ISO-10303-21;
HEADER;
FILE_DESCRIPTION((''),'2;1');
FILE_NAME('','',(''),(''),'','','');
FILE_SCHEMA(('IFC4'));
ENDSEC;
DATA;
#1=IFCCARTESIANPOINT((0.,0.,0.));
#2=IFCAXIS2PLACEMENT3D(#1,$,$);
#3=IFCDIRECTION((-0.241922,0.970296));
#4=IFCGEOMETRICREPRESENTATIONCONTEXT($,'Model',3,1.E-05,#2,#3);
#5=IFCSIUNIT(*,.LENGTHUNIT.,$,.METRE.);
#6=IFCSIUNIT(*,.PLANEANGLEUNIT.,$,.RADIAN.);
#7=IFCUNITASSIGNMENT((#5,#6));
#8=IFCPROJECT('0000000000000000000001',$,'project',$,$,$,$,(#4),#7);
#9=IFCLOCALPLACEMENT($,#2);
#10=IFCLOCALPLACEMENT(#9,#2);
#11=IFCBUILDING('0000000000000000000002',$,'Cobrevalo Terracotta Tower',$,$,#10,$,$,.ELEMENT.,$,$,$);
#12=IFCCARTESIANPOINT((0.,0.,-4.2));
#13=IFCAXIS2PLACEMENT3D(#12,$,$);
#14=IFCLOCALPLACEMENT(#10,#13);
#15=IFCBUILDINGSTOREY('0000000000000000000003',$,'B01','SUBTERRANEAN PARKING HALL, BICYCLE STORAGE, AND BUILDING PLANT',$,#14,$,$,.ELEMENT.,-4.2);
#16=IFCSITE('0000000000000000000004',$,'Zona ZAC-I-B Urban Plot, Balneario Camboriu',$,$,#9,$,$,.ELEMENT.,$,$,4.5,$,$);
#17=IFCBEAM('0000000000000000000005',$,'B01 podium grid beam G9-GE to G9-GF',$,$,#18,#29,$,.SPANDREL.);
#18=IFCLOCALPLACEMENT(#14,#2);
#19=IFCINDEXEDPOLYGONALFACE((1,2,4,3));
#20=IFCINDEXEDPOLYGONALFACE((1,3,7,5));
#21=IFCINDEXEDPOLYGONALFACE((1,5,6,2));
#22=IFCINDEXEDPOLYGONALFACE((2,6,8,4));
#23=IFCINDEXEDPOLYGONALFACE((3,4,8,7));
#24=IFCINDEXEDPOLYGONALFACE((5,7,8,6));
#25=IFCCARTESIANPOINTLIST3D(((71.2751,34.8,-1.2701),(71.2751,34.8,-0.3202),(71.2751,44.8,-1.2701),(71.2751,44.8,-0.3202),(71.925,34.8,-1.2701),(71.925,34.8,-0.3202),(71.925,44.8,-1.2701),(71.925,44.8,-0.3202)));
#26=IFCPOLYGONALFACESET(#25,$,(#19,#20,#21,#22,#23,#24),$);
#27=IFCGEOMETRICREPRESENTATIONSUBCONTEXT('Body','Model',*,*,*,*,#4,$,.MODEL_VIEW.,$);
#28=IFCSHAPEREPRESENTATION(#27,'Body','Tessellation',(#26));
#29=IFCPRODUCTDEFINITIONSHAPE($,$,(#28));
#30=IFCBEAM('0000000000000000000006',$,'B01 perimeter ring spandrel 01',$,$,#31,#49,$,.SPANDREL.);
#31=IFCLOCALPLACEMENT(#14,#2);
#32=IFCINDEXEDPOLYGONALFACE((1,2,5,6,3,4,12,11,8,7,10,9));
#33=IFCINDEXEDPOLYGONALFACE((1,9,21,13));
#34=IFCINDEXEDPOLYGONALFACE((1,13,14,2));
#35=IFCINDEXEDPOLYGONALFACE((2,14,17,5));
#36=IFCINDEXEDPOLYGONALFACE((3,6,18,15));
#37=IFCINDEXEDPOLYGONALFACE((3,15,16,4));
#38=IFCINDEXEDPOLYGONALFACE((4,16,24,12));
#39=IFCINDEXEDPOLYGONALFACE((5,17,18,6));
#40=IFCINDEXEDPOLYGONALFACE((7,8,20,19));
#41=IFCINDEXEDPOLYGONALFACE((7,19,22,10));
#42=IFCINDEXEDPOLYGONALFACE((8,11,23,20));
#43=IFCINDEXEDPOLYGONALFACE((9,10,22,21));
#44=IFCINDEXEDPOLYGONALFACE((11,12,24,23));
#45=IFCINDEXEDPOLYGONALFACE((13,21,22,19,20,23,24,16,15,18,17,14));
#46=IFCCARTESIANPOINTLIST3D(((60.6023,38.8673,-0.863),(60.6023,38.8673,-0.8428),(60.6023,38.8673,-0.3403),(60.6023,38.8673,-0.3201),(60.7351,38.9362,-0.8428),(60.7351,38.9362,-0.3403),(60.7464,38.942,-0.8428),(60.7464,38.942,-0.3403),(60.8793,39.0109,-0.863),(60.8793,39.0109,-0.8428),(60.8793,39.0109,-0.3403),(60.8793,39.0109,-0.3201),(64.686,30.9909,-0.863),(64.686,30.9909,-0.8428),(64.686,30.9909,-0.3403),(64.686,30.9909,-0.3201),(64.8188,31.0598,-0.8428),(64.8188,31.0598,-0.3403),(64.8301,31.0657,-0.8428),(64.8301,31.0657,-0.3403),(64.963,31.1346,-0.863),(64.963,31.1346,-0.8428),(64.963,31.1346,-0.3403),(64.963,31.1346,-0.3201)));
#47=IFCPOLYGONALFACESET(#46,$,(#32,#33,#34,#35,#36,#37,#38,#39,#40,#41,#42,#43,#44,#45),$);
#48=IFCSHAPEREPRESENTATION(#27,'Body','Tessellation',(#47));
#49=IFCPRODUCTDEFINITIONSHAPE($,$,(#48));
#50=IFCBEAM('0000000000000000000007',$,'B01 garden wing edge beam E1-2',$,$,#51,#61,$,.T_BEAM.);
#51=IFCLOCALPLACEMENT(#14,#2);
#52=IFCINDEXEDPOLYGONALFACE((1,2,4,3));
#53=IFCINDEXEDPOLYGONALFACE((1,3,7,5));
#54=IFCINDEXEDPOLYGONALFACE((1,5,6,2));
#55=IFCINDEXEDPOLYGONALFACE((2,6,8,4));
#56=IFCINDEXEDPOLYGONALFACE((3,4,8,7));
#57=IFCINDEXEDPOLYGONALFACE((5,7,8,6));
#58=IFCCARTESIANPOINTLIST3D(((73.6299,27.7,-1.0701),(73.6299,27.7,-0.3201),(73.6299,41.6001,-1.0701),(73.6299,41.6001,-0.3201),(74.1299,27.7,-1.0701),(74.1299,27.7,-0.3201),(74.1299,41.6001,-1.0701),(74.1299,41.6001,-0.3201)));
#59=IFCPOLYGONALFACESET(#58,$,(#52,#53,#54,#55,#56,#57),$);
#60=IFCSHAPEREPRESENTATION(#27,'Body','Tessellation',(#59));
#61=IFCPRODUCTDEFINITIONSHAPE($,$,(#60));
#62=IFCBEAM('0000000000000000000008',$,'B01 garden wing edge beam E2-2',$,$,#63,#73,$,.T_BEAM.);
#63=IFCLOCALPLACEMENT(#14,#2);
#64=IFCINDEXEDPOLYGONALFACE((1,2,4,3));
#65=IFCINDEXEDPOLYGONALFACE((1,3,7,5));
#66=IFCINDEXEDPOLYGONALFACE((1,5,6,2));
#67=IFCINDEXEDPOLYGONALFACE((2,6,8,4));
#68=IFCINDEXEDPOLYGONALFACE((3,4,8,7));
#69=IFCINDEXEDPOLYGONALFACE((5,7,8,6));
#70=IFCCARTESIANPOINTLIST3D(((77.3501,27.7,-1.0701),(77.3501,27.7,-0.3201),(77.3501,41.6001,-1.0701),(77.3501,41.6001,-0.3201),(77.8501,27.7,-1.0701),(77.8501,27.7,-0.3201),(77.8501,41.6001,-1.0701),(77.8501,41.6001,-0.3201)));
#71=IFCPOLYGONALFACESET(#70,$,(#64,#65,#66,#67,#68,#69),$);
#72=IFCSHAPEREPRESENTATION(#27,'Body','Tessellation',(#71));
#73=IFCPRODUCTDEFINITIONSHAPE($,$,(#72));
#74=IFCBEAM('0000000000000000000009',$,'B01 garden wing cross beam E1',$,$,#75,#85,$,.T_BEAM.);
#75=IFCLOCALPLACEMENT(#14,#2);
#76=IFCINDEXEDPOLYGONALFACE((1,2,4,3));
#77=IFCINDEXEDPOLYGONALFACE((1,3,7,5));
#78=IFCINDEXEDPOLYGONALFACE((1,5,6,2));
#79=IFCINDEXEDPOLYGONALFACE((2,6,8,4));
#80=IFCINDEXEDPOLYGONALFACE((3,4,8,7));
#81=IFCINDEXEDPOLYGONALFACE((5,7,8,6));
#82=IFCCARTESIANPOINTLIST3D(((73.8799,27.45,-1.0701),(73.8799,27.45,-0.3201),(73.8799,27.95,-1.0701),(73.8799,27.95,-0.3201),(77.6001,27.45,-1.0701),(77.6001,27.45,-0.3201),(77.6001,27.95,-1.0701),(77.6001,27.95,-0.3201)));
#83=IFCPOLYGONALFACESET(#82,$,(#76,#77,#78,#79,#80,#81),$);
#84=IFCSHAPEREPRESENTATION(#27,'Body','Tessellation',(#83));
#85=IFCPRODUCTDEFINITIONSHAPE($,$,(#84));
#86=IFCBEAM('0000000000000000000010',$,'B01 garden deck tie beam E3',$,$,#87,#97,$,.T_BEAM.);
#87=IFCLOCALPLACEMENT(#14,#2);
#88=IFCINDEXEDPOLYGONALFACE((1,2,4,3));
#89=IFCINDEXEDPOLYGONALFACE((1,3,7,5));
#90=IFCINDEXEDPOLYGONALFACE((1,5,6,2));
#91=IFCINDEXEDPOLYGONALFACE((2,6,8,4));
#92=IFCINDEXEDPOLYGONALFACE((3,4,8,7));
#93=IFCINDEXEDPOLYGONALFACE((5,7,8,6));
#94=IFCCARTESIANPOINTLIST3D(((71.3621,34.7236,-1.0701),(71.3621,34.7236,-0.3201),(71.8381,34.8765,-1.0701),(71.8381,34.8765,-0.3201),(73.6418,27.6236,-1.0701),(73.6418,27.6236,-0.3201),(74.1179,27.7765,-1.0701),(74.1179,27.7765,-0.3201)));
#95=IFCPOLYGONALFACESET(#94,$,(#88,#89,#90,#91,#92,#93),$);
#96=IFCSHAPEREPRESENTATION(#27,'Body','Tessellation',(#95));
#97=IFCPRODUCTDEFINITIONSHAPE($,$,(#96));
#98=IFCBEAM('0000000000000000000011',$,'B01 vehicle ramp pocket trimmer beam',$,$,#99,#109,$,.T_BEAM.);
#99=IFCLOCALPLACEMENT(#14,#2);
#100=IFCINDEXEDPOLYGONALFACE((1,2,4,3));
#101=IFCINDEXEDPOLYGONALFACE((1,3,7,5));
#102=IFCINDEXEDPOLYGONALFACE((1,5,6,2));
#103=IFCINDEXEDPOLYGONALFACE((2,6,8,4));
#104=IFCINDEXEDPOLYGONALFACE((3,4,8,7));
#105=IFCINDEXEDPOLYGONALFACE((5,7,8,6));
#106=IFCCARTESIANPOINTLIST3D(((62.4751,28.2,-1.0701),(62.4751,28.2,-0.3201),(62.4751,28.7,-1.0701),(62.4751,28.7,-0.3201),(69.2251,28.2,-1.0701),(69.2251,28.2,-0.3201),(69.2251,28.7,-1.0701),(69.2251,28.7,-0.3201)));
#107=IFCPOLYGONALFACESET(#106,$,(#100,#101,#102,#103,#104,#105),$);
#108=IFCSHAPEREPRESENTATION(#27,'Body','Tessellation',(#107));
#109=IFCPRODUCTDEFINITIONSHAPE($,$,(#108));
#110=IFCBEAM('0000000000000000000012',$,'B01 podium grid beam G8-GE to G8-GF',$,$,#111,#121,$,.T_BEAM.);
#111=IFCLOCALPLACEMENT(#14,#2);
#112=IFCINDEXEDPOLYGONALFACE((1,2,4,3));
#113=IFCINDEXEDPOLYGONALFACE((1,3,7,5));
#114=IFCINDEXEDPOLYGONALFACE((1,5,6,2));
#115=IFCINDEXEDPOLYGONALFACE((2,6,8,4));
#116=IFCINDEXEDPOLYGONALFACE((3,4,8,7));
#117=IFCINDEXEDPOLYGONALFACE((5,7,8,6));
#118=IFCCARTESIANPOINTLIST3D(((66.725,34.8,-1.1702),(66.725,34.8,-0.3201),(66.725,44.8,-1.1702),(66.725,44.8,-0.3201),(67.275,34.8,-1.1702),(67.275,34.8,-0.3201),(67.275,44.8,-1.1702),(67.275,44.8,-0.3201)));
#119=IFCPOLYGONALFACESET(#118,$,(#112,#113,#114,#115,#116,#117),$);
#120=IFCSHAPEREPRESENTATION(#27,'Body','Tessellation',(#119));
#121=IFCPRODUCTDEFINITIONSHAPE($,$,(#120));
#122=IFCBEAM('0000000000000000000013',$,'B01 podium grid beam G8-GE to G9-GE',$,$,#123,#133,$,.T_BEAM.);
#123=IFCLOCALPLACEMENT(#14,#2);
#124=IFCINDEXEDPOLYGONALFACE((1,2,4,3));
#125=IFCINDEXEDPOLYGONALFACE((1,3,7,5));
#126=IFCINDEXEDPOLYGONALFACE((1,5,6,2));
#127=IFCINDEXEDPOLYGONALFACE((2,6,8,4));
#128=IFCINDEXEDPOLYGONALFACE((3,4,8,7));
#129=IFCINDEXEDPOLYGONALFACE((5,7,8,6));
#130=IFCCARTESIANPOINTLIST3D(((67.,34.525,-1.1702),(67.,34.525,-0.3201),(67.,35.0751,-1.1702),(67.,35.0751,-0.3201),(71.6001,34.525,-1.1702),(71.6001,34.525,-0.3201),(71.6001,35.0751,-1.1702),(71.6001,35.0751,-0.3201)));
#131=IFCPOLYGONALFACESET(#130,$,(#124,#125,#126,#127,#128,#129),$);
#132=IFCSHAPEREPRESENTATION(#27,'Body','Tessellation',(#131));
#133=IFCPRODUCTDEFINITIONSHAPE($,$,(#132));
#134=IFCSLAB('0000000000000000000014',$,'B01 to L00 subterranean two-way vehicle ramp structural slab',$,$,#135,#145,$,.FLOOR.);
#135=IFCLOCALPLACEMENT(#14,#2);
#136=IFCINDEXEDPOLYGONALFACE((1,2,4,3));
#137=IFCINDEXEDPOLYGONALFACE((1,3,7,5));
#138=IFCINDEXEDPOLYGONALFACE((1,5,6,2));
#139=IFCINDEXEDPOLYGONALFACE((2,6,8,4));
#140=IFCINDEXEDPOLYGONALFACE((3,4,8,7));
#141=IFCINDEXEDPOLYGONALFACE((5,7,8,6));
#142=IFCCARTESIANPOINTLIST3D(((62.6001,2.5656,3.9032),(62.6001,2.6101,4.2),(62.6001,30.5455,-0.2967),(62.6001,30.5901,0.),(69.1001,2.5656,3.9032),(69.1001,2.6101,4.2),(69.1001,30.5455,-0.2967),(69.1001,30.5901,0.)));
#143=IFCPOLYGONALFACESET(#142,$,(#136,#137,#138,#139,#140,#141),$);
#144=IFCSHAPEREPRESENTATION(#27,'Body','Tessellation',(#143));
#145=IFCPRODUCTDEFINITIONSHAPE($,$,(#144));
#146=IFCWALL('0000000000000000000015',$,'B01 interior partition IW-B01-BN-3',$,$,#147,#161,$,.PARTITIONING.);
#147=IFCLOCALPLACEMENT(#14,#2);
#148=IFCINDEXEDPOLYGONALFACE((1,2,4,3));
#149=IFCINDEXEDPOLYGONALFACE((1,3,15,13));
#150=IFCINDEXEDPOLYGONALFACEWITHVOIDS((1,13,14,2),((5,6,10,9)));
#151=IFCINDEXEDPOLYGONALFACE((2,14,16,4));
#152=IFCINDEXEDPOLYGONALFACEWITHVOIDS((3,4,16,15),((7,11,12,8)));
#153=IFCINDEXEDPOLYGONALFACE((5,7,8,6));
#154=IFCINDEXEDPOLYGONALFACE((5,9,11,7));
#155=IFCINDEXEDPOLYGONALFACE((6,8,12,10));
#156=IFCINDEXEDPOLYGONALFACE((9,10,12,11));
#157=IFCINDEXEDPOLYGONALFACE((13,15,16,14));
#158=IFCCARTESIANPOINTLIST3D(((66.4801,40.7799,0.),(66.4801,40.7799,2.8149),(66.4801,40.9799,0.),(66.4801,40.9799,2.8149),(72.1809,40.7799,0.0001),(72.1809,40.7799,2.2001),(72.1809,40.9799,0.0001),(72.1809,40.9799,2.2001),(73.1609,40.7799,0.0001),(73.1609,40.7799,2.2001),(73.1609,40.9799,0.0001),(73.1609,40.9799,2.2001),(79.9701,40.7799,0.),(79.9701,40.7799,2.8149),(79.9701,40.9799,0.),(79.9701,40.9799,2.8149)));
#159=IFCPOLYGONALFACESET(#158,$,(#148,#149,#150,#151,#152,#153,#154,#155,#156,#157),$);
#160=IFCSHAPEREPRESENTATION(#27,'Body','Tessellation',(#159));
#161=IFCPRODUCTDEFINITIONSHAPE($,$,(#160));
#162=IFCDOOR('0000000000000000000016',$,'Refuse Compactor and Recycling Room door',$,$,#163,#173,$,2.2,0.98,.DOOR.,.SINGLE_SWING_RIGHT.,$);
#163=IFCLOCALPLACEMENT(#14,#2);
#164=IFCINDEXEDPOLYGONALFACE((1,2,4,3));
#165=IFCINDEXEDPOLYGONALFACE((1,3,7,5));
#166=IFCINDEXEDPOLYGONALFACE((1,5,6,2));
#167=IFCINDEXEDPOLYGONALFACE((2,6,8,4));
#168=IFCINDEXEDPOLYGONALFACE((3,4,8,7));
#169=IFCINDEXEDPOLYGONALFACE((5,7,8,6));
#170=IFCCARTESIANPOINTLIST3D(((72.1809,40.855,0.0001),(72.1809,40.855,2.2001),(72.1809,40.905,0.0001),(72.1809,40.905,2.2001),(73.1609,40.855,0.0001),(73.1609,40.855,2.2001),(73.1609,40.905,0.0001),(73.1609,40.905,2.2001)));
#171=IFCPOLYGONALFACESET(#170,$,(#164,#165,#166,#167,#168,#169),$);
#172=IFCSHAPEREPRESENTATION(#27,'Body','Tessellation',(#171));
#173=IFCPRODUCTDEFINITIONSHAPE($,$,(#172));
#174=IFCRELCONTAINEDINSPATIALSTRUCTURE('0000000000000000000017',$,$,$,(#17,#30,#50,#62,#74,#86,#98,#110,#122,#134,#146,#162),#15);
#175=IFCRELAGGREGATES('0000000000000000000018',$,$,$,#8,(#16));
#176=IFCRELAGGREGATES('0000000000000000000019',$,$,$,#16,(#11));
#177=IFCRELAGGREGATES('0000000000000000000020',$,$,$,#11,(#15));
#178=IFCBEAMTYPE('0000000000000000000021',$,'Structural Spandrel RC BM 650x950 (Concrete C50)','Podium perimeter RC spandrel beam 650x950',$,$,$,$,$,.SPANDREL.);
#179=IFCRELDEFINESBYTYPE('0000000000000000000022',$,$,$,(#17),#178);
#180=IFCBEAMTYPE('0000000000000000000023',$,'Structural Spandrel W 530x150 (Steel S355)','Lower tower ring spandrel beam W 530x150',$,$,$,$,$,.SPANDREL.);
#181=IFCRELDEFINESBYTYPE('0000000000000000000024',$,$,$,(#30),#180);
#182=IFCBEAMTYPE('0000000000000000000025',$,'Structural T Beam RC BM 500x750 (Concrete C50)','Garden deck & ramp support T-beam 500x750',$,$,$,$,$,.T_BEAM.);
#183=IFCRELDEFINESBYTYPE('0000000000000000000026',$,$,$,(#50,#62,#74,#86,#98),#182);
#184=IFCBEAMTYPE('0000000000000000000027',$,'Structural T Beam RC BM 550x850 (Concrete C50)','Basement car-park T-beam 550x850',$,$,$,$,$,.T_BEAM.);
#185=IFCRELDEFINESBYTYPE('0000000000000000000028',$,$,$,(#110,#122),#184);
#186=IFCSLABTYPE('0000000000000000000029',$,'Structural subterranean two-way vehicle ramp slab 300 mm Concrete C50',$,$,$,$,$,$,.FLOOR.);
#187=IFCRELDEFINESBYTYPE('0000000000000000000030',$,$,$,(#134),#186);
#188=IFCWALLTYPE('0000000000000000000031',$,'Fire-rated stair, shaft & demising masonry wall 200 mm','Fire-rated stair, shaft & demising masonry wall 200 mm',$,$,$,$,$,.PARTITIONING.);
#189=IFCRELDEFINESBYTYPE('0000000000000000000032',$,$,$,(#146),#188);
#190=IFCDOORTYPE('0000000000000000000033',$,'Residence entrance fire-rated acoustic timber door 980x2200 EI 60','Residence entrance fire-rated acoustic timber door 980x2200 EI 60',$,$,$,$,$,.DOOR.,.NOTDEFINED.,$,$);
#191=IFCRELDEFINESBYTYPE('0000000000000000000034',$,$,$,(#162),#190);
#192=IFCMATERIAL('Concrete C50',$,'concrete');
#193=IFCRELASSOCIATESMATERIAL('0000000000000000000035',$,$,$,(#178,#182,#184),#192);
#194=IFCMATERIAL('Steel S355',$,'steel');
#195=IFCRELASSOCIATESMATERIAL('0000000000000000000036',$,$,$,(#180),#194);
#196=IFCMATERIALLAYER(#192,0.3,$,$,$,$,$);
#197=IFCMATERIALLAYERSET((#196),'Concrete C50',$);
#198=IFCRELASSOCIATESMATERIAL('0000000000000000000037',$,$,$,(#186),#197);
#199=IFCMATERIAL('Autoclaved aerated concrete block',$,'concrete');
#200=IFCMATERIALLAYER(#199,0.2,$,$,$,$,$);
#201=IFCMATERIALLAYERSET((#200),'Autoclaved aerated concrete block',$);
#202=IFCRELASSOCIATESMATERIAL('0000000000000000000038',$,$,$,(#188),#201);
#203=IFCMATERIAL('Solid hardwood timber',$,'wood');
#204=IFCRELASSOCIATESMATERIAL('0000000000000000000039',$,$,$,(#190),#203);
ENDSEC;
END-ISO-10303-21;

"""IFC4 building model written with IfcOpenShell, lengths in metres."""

from ifc_helpers import new_model, si_unit, direction, frame, frame_2d, origin, origin_2d, place, context, subcontext, project, spatial, polyline, rectangle, i_section, outline, extrude, source, transform, mapped, material, layer, layer_set, material_profile, profile_set, type_object, element, fill, save


model = new_model("IFC4")

# Units and contexts
model_context = context("Model", 3, precision=1e-05, world=origin(), true_north=direction((-0.241922, 0.970296)))
body_context = subcontext(model_context, "Body", "Model", "MODEL_VIEW")
ifc_project = project(units=[si_unit("LENGTHUNIT", "METRE"), si_unit("PLANEANGLEUNIT", "RADIAN")], contexts=[model_context])

# Site, building, storey
site_placement = place(None, origin())
site = spatial("IfcSite", under=ifc_project, at=site_placement, Name="Zona ZAC-I-B Urban Plot, Balneario Camboriu", CompositionType="ELEMENT", RefElevation=4.5)
building_placement = place(site_placement, origin())
building = spatial("IfcBuilding", under=site, at=building_placement, Name="Cobrevalo Terracotta Tower", CompositionType="ELEMENT")
storey_placement = place(building_placement, frame((0.0, 0.0, -4.2)))
storey = spatial("IfcBuildingStorey", under=building, at=storey_placement, Name="B01", Description="SUBTERRANEAN PARKING HALL, BICYCLE STORAGE, AND BUILDING PLANT", CompositionType="ELEMENT", Elevation=-4.2)

# Shared definitions
ifc_material_1 = material(Name="Steel S355", Category="steel")
ifc_material_2 = material(Name="Concrete C50", Category="concrete")

# Beams
ifc_material_profile_1 = material_profile(ifc_material_2, rectangle(XDim=0.6499, YDim=0.95, at=origin_2d()), Name="RC BM 650x950")
ifc_profile_set_1 = profile_set([ifc_material_profile_1], Name="Concrete C50")
beam_type_1 = type_object("IfcBeamType", Name="Structural Spandrel RC BM 650x950 (Concrete C50)", Description="Podium perimeter RC spandrel beam 650x950", PredefinedType="SPANDREL", material=ifc_profile_set_1)
beam_1_placement = place(storey_placement, frame((71.6001, 34.8, -0.7952), z_axis=(0.0, 1.0, 0.0), x_axis=(-1.0, 0.0, 0.0)))
element("IfcBeam", 1, at=beam_1_placement, inside=storey, type_object=beam_type_1, Name="B01 podium grid beam G9-GE to G9-GF", PredefinedType="SPANDREL", context=body_context, shape_type="SweptSolid", body=[
    extrude(rectangle(XDim=0.6499, YDim=0.95, at=origin_2d()), origin(), (0.0, 0.0, 1.0), 10.0),
])
ifc_material_profile_2 = material_profile(ifc_material_1, i_section(OverallWidth=0.312, OverallDepth=0.543, WebThickness=0.0127, FlangeThickness=0.0203, at=origin_2d()), Name="W 530x150")
ifc_profile_set_2 = profile_set([ifc_material_profile_2], Name="Steel S355")
beam_type_2 = type_object("IfcBeamType", Name="Structural Spandrel W 530x150 (Steel S355)", Description="Lower tower ring spandrel beam W 530x150", PredefinedType="SPANDREL", material=ifc_profile_set_2)
beam_2_placement = place(storey_placement, frame((64.8245, 31.0627, -0.5916), z_axis=(-0.460286, 0.887771, 0.0), x_axis=(-0.887771, -0.460286, 0.0)))
element("IfcBeam", 2, at=beam_2_placement, inside=storey, type_object=beam_type_2, Name="B01 perimeter ring spandrel 01", PredefinedType="SPANDREL", context=body_context, shape_type="SweptSolid", body=[
    extrude(i_section(OverallWidth=0.312, OverallDepth=0.543, WebThickness=0.0127, FlangeThickness=0.0203, at=origin_2d()), origin(), (0.0, 0.0, 1.0), 8.8721),
])
ifc_material_profile_3 = material_profile(ifc_material_2, rectangle(XDim=0.5, YDim=0.75, at=origin_2d()), Name="RC BM 500x750")
ifc_profile_set_3 = profile_set([ifc_material_profile_3], Name="Concrete C50")
beam_type_3 = type_object("IfcBeamType", Name="Structural T Beam RC BM 500x750 (Concrete C50)", Description="Garden deck & ramp support T-beam 500x750", PredefinedType="T_BEAM", material=ifc_profile_set_3)
for number, where, z_axis, x_axis, name in (
    (3, (73.8799, 27.7, -0.6951), (0.0, 1.0, 0.0), (-1.0, 0.0, 0.0), "B01 garden wing edge beam E1-2"),
    (4, (77.6001, 27.7, -0.6951), (0.0, 1.0, 0.0), (-1.0, 0.0, 0.0), "B01 garden wing edge beam E2-2"),
):
    element("IfcBeam", number, at=place(storey_placement, frame(where, z_axis=z_axis, x_axis=x_axis)), inside=storey, type_object=beam_type_3, Name=name, PredefinedType="T_BEAM", context=body_context, shape_type="SweptSolid", body=[
        extrude(rectangle(XDim=0.5, YDim=0.75, at=origin_2d()), origin(), (0.0, 0.0, 1.0), 13.9001),
    ])
beam_3_placement = place(storey_placement, frame((73.8799, 27.7, -0.6951), z_axis=(1.0, 0.0, 0.0), x_axis=(0.0, 1.0, 0.0)))
element("IfcBeam", 5, at=beam_3_placement, inside=storey, type_object=beam_type_3, Name="B01 garden wing cross beam E1", PredefinedType="T_BEAM", context=body_context, shape_type="SweptSolid", body=[
    extrude(rectangle(XDim=0.5, YDim=0.75, at=origin_2d()), origin(), (0.0, 0.0, 1.0), 3.7202),
])
beam_4_placement = place(storey_placement, frame((71.6001, 34.8, -0.6951), z_axis=(0.305719, -0.952122, 0.0), x_axis=(0.952122, 0.305719, 0.0)))
element("IfcBeam", 6, at=beam_4_placement, inside=storey, type_object=beam_type_3, Name="B01 garden deck tie beam E3", PredefinedType="T_BEAM", context=body_context, shape_type="SweptSolid", body=[
    extrude(rectangle(XDim=0.5, YDim=0.75, at=origin_2d()), origin(), (0.0, 0.0, 1.0), 7.457),
])
beam_5_placement = place(storey_placement, frame((62.4751, 28.45, -0.6951), z_axis=(1.0, 0.0, 0.0), x_axis=(0.0, 1.0, 0.0)))
element("IfcBeam", 7, at=beam_5_placement, inside=storey, type_object=beam_type_3, Name="B01 vehicle ramp pocket trimmer beam", PredefinedType="T_BEAM", context=body_context, shape_type="SweptSolid", body=[
    extrude(rectangle(XDim=0.5, YDim=0.75, at=origin_2d()), origin(), (0.0, 0.0, 1.0), 6.75),
])
ifc_material_profile_4 = material_profile(ifc_material_2, rectangle(XDim=0.55, YDim=0.8501, at=origin_2d()), Name="RC BM 550x850")
ifc_profile_set_4 = profile_set([ifc_material_profile_4], Name="Concrete C50")
beam_type_4 = type_object("IfcBeamType", Name="Structural T Beam RC BM 550x850 (Concrete C50)", Description="Basement car-park T-beam 550x850", PredefinedType="T_BEAM", material=ifc_profile_set_4)
beam_6_placement = place(storey_placement, frame((67.0, 34.8, -0.7451), z_axis=(0.0, 1.0, 0.0), x_axis=(-1.0, 0.0, 0.0)))
element("IfcBeam", 8, at=beam_6_placement, inside=storey, type_object=beam_type_4, Name="B01 podium grid beam G8-GE to G8-GF", PredefinedType="T_BEAM", context=body_context, shape_type="SweptSolid", body=[
    extrude(rectangle(XDim=0.55, YDim=0.8501, at=origin_2d()), origin(), (0.0, 0.0, 1.0), 10.0),
])
beam_7_placement = place(storey_placement, frame((67.0, 34.8, -0.7451), z_axis=(1.0, 0.0, 0.0), x_axis=(0.0, 1.0, 0.0)))
element("IfcBeam", 9, at=beam_7_placement, inside=storey, type_object=beam_type_4, Name="B01 podium grid beam G8-GE to G9-GE", PredefinedType="T_BEAM", context=body_context, shape_type="SweptSolid", body=[
    extrude(rectangle(XDim=0.55, YDim=0.8501, at=origin_2d()), origin(), (0.0, 0.0, 1.0), 4.6001),
])

# Slab
ifc_layer_1 = layer(ifc_material_2, 0.3)
ifc_layer_set_1 = layer_set([ifc_layer_1], Name="Concrete C50")
slab_type = type_object("IfcSlabType", Name="Structural subterranean two-way vehicle ramp slab 300 mm Concrete C50", PredefinedType="FLOOR", material=ifc_layer_set_1)
slab_placement = place(storey_placement, frame((62.6001, 30.5901, 0.0), z_axis=(0.0, 0.148443, 0.988921), x_axis=(1.0, 0.0, 0.0)))
element("IfcSlab", 10, at=slab_placement, inside=storey, type_object=slab_type, Name="B01 to L00 subterranean two-way vehicle ramp structural slab", PredefinedType="FLOOR", context=body_context, shape_type="SweptSolid", body=[
    extrude(outline(polyline([(0.0, 0.0), (6.5, 0.0), (6.5, -28.2934), (0.0, -28.2934), (0.0, 0.0)])), origin(), (0.0, 0.0, -1.0), 0.3),
])

# Wall, opening, door
ifc_material_3 = material(Name="Autoclaved aerated concrete block", Category="concrete")
ifc_layer_2 = layer(ifc_material_3, 0.2)
ifc_layer_set_2 = layer_set([ifc_layer_2], Name="Autoclaved aerated concrete block")
wall_type = type_object("IfcWallType", Name="Fire-rated stair, shaft & demising masonry wall 200 mm", Description="Fire-rated stair, shaft & demising masonry wall 200 mm", PredefinedType="PARTITIONING", material=ifc_layer_set_2)
wall_1_placement = place(storey_placement, frame((66.48, 40.8799, 0.0), z_axis=(0.0, 0.0, 1.0), x_axis=(1.0, 0.0, 0.0)))
wall_1 = element("IfcWall", 11, at=wall_1_placement, inside=storey, type_object=wall_type, Name="B01 interior partition IW-B01-BN-3", PredefinedType="PARTITIONING", context=body_context, shape_type="SweptSolid", body=[
    extrude(rectangle(XDim=13.49, YDim=0.2, at=frame_2d((6.7451, 0.0))), origin(), (0.0, 0.0, 1.0), 2.8149),
])
opening_placement = place(wall_1_placement, frame((5.7009, 0.0, 0.0)))
opening = element("IfcOpeningElement", 12, at=opening_placement, cuts=wall_1, PredefinedType="OPENING", context=body_context, shape_type="SweptSolid", body=[
    extrude(rectangle(XDim=0.98, YDim=2.2, at=frame_2d((0.49, 1.1001))), frame((0.0, 0.1099, 0.0), z_axis=(0.0, -1.0, 0.0), x_axis=(1.0, 0.0, 0.0)), (0.0, 0.0, 1.0), 0.22),
])
ifc_material_4 = material(Name="Solid hardwood timber", Category="wood")
door_type = type_object("IfcDoorType", Name="Residence entrance fire-rated acoustic timber door 980x2200 EI 60", Description="Residence entrance fire-rated acoustic timber door 980x2200 EI 60", OperationType="NOTDEFINED", PredefinedType="DOOR", material=ifc_material_4)
shared_shape_1 = source(origin(), body_context, "Body", "SweptSolid", [
    extrude(rectangle(XDim=0.98, YDim=2.2, at=frame_2d((0.49, 1.1001))), frame((0.0, 0.0249, 0.0), z_axis=(0.0, -1.0, 0.0), x_axis=(1.0, 0.0, 0.0)), (0.0, 0.0, 1.0), 0.05),
])
door_placement = place(opening_placement, frame((0.98, 0.0, 0.0), z_axis=(0.0, 0.0, 1.0), x_axis=(-1.0, 0.0, 0.0)))
door = element("IfcDoor", 13, at=door_placement, inside=storey, type_object=door_type, Name="Refuse Compactor and Recycling Room door", OperationType="SINGLE_SWING_RIGHT", OverallHeight=2.2, OverallWidth=0.98, PredefinedType="DOOR", context=body_context, shape_type="MappedRepresentation", body=[
    mapped(shared_shape_1, transform((0.0, 0.0, 0.0), scale=1.0)),
])
fill(opening, door)

save(model, "model.ifc")
